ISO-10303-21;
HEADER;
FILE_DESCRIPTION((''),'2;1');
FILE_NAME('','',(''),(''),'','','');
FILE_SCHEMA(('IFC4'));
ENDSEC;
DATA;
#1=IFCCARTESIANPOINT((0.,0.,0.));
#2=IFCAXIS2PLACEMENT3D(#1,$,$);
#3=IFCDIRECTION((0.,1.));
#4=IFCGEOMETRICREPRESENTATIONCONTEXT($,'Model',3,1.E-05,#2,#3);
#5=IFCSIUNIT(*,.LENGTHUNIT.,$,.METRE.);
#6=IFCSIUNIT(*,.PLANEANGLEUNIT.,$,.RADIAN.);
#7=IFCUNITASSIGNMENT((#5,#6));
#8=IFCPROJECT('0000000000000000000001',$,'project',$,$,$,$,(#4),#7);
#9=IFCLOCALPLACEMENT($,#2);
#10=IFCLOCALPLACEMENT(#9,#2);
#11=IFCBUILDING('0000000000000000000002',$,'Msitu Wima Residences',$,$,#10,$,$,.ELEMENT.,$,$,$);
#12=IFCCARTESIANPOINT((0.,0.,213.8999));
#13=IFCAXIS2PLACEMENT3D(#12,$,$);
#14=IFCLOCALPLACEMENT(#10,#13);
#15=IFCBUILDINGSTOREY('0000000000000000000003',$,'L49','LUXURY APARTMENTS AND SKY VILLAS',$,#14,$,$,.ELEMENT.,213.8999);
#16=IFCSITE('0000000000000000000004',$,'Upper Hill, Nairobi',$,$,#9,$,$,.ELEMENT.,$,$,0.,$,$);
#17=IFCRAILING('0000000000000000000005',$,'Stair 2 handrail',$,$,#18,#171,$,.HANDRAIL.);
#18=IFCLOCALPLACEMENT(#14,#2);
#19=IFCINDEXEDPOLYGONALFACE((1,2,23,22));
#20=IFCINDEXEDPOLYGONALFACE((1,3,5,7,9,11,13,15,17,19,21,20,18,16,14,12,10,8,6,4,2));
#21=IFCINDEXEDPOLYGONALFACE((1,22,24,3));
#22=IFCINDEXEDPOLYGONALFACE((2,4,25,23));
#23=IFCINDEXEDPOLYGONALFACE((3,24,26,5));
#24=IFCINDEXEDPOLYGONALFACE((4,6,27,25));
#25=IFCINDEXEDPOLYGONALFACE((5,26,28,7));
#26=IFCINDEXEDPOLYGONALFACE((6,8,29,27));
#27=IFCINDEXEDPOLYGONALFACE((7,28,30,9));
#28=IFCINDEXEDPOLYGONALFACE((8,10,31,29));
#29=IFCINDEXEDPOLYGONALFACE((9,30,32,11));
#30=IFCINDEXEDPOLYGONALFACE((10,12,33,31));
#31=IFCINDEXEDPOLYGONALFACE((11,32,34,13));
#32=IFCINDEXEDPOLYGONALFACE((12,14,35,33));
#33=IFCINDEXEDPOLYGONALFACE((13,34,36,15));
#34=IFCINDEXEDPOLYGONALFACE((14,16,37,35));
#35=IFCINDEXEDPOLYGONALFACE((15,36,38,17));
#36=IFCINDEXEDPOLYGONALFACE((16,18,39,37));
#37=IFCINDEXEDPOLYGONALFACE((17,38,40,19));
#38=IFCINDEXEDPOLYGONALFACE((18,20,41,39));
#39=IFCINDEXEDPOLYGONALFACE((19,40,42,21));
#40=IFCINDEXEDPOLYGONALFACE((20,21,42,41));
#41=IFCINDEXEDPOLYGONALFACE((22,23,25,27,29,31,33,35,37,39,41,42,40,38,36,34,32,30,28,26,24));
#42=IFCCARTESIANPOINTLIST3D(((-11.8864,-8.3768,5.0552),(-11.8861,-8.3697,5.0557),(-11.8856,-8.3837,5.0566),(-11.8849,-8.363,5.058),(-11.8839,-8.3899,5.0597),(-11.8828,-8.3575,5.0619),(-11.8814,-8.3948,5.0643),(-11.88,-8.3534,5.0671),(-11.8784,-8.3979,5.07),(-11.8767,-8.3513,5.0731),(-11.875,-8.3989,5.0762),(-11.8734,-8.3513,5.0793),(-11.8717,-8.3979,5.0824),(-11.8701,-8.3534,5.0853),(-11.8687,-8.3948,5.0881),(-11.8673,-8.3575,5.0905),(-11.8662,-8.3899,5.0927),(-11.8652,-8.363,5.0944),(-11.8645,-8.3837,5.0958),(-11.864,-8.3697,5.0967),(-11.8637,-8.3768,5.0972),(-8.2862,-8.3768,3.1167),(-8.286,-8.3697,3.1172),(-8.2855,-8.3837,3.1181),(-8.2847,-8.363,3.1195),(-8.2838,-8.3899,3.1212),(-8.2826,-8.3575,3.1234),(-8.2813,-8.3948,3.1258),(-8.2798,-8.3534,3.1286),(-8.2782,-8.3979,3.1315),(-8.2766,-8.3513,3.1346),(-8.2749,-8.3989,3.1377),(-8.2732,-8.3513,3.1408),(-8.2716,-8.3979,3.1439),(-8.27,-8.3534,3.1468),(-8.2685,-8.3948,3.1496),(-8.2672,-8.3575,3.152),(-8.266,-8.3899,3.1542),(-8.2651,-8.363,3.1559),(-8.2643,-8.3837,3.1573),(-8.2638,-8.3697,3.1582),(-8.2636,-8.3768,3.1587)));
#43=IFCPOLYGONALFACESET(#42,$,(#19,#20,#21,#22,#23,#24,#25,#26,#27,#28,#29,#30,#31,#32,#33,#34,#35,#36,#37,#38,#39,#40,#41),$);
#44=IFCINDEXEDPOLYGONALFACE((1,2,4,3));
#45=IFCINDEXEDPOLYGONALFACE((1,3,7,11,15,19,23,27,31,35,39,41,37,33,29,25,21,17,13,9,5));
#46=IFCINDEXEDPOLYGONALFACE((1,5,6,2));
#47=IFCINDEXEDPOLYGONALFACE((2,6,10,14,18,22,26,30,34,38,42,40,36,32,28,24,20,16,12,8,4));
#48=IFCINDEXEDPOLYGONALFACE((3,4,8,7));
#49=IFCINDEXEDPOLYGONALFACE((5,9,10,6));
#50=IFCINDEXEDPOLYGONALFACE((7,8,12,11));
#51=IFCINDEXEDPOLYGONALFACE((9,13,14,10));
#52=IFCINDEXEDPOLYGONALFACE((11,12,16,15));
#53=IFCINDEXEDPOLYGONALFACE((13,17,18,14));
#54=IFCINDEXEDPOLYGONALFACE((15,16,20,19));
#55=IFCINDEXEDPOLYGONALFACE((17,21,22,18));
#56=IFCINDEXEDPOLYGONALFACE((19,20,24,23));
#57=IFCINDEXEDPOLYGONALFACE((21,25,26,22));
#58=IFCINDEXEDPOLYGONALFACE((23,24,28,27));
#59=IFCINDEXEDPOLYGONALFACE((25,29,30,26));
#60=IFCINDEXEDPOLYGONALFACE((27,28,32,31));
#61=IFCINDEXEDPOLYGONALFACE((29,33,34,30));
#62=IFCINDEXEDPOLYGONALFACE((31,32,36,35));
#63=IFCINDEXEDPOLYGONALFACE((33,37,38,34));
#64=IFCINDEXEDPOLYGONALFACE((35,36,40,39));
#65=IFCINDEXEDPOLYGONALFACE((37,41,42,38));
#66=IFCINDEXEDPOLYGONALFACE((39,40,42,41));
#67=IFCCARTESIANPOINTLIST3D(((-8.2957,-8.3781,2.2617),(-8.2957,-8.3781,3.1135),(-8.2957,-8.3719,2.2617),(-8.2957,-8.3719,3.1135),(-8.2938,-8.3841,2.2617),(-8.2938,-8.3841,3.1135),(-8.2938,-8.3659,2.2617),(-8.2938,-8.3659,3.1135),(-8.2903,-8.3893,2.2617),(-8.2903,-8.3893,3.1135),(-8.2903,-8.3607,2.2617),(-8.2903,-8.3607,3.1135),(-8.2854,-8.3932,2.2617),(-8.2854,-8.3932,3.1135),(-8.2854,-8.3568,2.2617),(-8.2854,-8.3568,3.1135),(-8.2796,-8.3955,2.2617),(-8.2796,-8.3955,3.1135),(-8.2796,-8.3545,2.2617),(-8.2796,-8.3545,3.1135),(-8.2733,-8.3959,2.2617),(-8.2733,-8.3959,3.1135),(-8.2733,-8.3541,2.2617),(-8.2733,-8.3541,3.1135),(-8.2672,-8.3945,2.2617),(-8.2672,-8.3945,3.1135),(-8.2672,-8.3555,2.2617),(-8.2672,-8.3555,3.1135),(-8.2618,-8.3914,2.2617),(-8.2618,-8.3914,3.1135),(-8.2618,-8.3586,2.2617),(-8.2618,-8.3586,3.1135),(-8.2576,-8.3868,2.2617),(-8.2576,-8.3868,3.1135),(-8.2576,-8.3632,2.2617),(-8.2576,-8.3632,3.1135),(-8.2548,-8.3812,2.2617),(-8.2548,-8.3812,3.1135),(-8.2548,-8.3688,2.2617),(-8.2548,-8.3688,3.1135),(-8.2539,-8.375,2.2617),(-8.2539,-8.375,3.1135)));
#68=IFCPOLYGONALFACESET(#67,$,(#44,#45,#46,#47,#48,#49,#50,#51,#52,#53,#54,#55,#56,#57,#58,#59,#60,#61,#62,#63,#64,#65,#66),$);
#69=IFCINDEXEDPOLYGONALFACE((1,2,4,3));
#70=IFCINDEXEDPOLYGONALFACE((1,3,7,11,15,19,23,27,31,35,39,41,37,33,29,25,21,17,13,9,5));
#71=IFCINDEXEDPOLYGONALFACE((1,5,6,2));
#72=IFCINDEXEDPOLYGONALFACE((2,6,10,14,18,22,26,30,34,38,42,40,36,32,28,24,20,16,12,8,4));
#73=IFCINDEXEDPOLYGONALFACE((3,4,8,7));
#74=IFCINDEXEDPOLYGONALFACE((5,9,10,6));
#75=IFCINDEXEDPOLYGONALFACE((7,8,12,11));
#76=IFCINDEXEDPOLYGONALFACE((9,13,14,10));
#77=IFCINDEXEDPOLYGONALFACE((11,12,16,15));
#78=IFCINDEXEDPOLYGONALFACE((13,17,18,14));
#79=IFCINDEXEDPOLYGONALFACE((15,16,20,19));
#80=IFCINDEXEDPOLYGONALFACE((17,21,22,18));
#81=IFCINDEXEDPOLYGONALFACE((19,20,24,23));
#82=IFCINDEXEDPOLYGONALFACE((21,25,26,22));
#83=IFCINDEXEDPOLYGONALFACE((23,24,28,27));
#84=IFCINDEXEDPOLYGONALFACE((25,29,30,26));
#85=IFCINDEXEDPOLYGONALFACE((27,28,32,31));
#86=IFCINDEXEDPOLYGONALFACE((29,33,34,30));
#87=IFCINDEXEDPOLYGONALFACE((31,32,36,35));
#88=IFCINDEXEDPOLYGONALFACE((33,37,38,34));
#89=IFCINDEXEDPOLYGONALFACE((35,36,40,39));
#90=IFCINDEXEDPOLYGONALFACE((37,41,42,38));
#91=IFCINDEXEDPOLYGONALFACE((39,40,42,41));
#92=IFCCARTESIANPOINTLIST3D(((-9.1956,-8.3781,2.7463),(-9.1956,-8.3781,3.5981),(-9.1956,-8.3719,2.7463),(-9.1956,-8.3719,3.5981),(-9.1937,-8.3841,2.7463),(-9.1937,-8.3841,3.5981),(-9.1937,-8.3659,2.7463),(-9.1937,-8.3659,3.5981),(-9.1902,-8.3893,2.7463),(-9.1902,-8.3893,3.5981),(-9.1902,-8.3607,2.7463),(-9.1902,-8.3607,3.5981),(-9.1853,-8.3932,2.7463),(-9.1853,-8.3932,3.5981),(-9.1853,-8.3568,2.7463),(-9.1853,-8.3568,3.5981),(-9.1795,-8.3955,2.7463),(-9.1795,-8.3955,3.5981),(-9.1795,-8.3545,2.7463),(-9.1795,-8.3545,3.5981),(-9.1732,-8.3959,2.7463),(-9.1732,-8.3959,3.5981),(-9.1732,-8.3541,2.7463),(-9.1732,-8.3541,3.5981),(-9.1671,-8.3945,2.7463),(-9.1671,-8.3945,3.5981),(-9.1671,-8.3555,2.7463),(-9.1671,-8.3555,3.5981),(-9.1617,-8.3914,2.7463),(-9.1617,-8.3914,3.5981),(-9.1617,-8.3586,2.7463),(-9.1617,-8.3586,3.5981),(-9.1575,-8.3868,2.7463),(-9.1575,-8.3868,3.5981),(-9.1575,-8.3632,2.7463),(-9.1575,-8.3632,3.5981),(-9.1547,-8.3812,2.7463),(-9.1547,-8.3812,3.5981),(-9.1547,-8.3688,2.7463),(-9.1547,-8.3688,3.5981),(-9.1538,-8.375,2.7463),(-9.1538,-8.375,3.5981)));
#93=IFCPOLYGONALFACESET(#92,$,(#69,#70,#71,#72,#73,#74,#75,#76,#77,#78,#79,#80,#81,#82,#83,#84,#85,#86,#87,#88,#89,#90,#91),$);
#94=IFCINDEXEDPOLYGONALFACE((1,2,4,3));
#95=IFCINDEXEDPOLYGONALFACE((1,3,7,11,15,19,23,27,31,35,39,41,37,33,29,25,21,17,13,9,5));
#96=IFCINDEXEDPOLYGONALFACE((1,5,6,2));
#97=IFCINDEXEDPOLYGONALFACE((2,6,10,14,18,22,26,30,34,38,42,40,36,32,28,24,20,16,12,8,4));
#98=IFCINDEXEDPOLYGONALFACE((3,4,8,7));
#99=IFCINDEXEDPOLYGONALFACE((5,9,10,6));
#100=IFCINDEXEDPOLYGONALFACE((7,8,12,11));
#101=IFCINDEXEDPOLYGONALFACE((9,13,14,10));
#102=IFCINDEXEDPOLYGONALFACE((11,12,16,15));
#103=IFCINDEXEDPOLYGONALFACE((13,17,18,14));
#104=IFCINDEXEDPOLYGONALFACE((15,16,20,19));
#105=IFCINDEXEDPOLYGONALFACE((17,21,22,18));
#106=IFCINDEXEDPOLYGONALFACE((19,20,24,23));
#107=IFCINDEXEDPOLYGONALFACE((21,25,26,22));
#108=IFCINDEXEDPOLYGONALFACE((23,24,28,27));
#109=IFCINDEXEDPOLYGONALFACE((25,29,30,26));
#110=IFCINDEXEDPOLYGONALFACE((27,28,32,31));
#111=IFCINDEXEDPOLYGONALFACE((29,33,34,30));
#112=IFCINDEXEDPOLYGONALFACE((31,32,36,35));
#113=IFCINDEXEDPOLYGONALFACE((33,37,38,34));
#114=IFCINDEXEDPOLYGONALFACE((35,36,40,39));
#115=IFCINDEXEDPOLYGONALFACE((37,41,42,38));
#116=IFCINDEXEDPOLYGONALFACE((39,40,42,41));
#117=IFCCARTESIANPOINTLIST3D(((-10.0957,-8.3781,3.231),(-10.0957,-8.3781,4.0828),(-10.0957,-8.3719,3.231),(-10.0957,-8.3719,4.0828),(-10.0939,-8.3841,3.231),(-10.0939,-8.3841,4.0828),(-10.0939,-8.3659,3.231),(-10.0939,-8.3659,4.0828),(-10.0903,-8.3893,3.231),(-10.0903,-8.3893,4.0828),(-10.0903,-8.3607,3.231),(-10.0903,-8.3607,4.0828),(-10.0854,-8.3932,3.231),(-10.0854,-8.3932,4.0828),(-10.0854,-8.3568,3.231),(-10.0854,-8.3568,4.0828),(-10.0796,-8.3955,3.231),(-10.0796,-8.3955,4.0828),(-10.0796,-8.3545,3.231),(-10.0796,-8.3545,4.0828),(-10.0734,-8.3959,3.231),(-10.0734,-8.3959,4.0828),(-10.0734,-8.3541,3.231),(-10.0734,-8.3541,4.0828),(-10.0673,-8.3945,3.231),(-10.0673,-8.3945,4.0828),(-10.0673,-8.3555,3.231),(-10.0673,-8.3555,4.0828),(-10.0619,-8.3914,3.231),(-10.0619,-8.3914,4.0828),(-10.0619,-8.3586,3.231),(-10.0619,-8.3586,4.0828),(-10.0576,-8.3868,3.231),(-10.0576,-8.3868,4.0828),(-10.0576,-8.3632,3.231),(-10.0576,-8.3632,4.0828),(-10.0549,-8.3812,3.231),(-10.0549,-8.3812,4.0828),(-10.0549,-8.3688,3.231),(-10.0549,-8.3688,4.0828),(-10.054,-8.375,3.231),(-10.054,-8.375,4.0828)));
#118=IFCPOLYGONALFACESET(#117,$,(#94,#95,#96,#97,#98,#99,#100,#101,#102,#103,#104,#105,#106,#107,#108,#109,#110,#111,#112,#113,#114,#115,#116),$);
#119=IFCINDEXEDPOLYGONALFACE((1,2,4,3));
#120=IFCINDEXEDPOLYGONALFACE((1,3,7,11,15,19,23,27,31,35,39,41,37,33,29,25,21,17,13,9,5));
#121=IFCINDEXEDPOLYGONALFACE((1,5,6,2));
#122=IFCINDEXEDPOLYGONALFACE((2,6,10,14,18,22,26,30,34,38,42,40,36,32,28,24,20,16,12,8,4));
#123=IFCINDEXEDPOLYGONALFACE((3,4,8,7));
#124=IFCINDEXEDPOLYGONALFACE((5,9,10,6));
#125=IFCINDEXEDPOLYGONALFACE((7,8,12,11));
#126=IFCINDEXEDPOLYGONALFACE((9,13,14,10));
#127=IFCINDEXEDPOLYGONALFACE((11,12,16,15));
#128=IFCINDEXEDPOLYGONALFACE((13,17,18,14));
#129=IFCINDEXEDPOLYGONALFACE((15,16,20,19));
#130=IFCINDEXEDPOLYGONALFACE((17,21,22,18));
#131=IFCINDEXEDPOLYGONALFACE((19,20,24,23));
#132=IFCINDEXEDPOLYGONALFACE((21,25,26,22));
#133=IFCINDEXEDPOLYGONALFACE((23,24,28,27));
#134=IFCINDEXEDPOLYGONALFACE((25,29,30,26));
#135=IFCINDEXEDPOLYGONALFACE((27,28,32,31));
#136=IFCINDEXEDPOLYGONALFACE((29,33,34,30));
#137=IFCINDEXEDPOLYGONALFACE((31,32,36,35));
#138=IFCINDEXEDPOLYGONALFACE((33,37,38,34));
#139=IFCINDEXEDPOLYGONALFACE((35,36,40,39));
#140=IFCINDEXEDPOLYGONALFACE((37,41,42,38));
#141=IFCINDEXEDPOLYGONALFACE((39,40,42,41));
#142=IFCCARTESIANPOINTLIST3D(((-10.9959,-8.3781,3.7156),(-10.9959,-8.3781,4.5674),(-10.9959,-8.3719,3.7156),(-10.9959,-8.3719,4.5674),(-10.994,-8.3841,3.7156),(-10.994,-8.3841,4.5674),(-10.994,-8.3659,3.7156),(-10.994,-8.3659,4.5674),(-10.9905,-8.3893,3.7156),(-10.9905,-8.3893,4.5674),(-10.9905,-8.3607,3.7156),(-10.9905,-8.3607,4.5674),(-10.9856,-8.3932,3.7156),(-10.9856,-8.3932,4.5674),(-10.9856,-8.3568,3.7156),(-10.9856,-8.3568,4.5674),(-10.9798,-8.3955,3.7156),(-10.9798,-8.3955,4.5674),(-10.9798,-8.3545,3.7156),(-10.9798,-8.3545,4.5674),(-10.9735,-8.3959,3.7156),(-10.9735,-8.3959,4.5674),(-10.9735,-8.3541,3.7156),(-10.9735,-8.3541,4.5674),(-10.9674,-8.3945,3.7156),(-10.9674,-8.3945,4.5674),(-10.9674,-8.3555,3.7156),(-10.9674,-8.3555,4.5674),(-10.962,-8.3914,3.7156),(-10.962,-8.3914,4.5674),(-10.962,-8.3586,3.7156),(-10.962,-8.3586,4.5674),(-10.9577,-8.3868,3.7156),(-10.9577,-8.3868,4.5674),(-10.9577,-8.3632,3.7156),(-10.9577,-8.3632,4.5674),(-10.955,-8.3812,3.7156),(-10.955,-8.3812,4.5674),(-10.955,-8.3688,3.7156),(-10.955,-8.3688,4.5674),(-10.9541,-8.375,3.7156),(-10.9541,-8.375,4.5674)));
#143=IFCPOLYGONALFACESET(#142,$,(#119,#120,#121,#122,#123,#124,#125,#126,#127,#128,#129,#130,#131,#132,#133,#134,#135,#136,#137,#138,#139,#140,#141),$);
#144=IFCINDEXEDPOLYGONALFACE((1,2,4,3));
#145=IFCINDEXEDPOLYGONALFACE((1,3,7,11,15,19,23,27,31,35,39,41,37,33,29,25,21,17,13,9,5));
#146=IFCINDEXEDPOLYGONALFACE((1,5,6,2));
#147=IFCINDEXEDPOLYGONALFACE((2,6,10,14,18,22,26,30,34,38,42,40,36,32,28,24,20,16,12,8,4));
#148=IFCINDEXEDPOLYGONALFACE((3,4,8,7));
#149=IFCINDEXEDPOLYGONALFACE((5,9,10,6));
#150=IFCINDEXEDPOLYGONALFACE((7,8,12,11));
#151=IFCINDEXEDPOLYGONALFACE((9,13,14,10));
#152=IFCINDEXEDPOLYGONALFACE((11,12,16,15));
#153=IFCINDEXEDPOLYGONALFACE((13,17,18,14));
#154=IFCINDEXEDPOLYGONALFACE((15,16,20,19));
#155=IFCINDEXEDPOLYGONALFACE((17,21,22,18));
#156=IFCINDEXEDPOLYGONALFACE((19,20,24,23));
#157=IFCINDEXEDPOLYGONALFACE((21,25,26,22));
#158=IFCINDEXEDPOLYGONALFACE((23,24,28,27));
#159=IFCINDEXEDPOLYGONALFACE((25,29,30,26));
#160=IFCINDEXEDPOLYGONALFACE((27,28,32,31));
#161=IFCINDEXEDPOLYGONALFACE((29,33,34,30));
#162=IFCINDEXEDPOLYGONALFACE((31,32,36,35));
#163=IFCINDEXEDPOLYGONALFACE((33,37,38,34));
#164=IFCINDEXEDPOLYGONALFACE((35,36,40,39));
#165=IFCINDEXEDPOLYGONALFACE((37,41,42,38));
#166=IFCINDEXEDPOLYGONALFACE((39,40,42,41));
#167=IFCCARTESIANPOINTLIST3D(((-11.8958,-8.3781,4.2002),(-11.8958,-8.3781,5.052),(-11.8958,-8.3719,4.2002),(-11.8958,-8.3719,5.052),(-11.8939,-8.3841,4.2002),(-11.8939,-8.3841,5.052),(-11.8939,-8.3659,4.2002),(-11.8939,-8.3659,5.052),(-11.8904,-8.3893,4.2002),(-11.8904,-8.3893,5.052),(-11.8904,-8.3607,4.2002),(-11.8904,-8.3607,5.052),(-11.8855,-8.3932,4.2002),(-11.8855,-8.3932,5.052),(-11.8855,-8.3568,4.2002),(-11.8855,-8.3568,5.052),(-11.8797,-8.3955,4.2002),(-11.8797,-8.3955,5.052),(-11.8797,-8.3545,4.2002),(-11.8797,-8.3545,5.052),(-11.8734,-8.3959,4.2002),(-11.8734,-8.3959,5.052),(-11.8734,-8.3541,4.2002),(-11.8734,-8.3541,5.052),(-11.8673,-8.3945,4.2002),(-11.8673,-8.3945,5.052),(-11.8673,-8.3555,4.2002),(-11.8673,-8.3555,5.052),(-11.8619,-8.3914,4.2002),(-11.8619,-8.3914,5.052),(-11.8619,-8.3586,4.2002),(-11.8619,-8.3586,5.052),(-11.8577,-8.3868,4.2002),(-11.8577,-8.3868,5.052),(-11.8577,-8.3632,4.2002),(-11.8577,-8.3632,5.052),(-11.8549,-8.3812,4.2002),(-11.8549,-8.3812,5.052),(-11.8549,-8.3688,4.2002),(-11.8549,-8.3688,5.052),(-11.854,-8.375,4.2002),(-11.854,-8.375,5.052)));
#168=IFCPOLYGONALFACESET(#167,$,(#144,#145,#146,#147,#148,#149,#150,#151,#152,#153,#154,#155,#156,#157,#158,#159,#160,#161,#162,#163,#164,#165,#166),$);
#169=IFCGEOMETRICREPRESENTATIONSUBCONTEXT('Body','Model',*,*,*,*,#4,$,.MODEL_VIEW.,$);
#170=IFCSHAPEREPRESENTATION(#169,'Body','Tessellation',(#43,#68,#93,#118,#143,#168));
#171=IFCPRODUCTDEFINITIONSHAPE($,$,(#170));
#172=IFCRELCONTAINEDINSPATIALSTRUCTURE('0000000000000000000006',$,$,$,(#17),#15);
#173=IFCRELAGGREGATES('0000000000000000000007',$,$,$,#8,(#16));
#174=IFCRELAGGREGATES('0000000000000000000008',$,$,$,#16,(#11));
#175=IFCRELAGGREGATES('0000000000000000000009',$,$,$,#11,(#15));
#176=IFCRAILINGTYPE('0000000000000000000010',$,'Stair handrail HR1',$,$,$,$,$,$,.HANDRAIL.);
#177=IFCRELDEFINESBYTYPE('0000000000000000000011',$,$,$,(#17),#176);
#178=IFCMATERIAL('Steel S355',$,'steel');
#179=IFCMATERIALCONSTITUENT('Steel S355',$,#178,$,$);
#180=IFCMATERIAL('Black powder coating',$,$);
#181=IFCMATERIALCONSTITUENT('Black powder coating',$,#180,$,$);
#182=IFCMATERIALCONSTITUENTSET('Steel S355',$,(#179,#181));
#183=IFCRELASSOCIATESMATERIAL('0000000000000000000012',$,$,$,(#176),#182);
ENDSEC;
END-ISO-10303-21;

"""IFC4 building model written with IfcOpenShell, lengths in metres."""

from ifc_helpers import new_model, si_unit, direction, frame, origin, origin_2d, place, context, subcontext, project, spatial, circle, extrude, material, constituent, constituent_set, type_object, element, save


model = new_model("IFC4")

# Units and contexts
model_context = context("Model", 3, precision=1e-05, world=origin(), true_north=direction((0.0, 1.0)))
body_context = subcontext(model_context, "Body", "Model", "MODEL_VIEW")
ifc_project = project(units=[si_unit("LENGTHUNIT", "METRE"), si_unit("PLANEANGLEUNIT", "RADIAN")], contexts=[model_context])

# Site, building, storey
site_placement = place(None, origin())
site = spatial("IfcSite", under=ifc_project, at=site_placement, Name="Upper Hill, Nairobi", CompositionType="ELEMENT", RefElevation=0.0)
building_placement = place(site_placement, origin())
building = spatial("IfcBuilding", under=site, at=building_placement, Name="Msitu Wima Residences", CompositionType="ELEMENT")
storey_placement = place(building_placement, frame((0.0, 0.0, 213.8999)))
storey = spatial("IfcBuildingStorey", under=building, at=storey_placement, Name="L49", Description="LUXURY APARTMENTS AND SKY VILLAS", CompositionType="ELEMENT", Elevation=213.8999)

# Railing
ifc_material_1 = material(Name="Steel S355", Category="steel")
ifc_constituent_1 = constituent(ifc_material_1, Name="Steel S355")
ifc_material_2 = material(Name="Black powder coating")
ifc_constituent_2 = constituent(ifc_material_2, Name="Black powder coating")
ifc_constituent_set = constituent_set(constituents=[ifc_constituent_1, ifc_constituent_2], Name="Steel S355")
railing_type = type_object("IfcRailingType", Name="Stair handrail HR1", PredefinedType="HANDRAIL", material=ifc_constituent_set)
for number, where, name in (
    (1, (-8.2749, -8.375, 2.2617), "Stair 2 handrail"),
):
    element("IfcRailing", number, at=place(storey_placement, frame(where)), inside=storey, type_object=railing_type, Name=name, PredefinedType="HANDRAIL", context=body_context, shape_type="SweptSolid", body=[
        extrude(circle(Radius=0.0239, at=origin_2d()), frame((0.0, 0.0, 0.876), z_axis=(-0.880475, 0.0, 0.474093), x_axis=(0.0, -1.0, 0.0)), (0.0, 0.0, 1.0), 4.0889),
        extrude(circle(Radius=0.021, at=origin_2d()), origin(), (0.0, 0.0, 1.0), 0.8518),
        extrude(circle(Radius=0.021, at=origin_2d()), frame((-0.8999, 0.0, 0.4846)), (0.0, 0.0, 1.0), 0.8518),
        extrude(circle(Radius=0.021, at=origin_2d()), frame((-1.8, 0.0, 0.9692)), (0.0, 0.0, 1.0), 0.8518),
        extrude(circle(Radius=0.021, at=origin_2d()), frame((-2.7002, 0.0, 1.4539)), (0.0, 0.0, 1.0), 0.8518),
        extrude(circle(Radius=0.021, at=origin_2d()), frame((-3.6001, 0.0, 1.9385)), (0.0, 0.0, 1.0), 0.8518),
    ])

save(model, "model.ifc")
